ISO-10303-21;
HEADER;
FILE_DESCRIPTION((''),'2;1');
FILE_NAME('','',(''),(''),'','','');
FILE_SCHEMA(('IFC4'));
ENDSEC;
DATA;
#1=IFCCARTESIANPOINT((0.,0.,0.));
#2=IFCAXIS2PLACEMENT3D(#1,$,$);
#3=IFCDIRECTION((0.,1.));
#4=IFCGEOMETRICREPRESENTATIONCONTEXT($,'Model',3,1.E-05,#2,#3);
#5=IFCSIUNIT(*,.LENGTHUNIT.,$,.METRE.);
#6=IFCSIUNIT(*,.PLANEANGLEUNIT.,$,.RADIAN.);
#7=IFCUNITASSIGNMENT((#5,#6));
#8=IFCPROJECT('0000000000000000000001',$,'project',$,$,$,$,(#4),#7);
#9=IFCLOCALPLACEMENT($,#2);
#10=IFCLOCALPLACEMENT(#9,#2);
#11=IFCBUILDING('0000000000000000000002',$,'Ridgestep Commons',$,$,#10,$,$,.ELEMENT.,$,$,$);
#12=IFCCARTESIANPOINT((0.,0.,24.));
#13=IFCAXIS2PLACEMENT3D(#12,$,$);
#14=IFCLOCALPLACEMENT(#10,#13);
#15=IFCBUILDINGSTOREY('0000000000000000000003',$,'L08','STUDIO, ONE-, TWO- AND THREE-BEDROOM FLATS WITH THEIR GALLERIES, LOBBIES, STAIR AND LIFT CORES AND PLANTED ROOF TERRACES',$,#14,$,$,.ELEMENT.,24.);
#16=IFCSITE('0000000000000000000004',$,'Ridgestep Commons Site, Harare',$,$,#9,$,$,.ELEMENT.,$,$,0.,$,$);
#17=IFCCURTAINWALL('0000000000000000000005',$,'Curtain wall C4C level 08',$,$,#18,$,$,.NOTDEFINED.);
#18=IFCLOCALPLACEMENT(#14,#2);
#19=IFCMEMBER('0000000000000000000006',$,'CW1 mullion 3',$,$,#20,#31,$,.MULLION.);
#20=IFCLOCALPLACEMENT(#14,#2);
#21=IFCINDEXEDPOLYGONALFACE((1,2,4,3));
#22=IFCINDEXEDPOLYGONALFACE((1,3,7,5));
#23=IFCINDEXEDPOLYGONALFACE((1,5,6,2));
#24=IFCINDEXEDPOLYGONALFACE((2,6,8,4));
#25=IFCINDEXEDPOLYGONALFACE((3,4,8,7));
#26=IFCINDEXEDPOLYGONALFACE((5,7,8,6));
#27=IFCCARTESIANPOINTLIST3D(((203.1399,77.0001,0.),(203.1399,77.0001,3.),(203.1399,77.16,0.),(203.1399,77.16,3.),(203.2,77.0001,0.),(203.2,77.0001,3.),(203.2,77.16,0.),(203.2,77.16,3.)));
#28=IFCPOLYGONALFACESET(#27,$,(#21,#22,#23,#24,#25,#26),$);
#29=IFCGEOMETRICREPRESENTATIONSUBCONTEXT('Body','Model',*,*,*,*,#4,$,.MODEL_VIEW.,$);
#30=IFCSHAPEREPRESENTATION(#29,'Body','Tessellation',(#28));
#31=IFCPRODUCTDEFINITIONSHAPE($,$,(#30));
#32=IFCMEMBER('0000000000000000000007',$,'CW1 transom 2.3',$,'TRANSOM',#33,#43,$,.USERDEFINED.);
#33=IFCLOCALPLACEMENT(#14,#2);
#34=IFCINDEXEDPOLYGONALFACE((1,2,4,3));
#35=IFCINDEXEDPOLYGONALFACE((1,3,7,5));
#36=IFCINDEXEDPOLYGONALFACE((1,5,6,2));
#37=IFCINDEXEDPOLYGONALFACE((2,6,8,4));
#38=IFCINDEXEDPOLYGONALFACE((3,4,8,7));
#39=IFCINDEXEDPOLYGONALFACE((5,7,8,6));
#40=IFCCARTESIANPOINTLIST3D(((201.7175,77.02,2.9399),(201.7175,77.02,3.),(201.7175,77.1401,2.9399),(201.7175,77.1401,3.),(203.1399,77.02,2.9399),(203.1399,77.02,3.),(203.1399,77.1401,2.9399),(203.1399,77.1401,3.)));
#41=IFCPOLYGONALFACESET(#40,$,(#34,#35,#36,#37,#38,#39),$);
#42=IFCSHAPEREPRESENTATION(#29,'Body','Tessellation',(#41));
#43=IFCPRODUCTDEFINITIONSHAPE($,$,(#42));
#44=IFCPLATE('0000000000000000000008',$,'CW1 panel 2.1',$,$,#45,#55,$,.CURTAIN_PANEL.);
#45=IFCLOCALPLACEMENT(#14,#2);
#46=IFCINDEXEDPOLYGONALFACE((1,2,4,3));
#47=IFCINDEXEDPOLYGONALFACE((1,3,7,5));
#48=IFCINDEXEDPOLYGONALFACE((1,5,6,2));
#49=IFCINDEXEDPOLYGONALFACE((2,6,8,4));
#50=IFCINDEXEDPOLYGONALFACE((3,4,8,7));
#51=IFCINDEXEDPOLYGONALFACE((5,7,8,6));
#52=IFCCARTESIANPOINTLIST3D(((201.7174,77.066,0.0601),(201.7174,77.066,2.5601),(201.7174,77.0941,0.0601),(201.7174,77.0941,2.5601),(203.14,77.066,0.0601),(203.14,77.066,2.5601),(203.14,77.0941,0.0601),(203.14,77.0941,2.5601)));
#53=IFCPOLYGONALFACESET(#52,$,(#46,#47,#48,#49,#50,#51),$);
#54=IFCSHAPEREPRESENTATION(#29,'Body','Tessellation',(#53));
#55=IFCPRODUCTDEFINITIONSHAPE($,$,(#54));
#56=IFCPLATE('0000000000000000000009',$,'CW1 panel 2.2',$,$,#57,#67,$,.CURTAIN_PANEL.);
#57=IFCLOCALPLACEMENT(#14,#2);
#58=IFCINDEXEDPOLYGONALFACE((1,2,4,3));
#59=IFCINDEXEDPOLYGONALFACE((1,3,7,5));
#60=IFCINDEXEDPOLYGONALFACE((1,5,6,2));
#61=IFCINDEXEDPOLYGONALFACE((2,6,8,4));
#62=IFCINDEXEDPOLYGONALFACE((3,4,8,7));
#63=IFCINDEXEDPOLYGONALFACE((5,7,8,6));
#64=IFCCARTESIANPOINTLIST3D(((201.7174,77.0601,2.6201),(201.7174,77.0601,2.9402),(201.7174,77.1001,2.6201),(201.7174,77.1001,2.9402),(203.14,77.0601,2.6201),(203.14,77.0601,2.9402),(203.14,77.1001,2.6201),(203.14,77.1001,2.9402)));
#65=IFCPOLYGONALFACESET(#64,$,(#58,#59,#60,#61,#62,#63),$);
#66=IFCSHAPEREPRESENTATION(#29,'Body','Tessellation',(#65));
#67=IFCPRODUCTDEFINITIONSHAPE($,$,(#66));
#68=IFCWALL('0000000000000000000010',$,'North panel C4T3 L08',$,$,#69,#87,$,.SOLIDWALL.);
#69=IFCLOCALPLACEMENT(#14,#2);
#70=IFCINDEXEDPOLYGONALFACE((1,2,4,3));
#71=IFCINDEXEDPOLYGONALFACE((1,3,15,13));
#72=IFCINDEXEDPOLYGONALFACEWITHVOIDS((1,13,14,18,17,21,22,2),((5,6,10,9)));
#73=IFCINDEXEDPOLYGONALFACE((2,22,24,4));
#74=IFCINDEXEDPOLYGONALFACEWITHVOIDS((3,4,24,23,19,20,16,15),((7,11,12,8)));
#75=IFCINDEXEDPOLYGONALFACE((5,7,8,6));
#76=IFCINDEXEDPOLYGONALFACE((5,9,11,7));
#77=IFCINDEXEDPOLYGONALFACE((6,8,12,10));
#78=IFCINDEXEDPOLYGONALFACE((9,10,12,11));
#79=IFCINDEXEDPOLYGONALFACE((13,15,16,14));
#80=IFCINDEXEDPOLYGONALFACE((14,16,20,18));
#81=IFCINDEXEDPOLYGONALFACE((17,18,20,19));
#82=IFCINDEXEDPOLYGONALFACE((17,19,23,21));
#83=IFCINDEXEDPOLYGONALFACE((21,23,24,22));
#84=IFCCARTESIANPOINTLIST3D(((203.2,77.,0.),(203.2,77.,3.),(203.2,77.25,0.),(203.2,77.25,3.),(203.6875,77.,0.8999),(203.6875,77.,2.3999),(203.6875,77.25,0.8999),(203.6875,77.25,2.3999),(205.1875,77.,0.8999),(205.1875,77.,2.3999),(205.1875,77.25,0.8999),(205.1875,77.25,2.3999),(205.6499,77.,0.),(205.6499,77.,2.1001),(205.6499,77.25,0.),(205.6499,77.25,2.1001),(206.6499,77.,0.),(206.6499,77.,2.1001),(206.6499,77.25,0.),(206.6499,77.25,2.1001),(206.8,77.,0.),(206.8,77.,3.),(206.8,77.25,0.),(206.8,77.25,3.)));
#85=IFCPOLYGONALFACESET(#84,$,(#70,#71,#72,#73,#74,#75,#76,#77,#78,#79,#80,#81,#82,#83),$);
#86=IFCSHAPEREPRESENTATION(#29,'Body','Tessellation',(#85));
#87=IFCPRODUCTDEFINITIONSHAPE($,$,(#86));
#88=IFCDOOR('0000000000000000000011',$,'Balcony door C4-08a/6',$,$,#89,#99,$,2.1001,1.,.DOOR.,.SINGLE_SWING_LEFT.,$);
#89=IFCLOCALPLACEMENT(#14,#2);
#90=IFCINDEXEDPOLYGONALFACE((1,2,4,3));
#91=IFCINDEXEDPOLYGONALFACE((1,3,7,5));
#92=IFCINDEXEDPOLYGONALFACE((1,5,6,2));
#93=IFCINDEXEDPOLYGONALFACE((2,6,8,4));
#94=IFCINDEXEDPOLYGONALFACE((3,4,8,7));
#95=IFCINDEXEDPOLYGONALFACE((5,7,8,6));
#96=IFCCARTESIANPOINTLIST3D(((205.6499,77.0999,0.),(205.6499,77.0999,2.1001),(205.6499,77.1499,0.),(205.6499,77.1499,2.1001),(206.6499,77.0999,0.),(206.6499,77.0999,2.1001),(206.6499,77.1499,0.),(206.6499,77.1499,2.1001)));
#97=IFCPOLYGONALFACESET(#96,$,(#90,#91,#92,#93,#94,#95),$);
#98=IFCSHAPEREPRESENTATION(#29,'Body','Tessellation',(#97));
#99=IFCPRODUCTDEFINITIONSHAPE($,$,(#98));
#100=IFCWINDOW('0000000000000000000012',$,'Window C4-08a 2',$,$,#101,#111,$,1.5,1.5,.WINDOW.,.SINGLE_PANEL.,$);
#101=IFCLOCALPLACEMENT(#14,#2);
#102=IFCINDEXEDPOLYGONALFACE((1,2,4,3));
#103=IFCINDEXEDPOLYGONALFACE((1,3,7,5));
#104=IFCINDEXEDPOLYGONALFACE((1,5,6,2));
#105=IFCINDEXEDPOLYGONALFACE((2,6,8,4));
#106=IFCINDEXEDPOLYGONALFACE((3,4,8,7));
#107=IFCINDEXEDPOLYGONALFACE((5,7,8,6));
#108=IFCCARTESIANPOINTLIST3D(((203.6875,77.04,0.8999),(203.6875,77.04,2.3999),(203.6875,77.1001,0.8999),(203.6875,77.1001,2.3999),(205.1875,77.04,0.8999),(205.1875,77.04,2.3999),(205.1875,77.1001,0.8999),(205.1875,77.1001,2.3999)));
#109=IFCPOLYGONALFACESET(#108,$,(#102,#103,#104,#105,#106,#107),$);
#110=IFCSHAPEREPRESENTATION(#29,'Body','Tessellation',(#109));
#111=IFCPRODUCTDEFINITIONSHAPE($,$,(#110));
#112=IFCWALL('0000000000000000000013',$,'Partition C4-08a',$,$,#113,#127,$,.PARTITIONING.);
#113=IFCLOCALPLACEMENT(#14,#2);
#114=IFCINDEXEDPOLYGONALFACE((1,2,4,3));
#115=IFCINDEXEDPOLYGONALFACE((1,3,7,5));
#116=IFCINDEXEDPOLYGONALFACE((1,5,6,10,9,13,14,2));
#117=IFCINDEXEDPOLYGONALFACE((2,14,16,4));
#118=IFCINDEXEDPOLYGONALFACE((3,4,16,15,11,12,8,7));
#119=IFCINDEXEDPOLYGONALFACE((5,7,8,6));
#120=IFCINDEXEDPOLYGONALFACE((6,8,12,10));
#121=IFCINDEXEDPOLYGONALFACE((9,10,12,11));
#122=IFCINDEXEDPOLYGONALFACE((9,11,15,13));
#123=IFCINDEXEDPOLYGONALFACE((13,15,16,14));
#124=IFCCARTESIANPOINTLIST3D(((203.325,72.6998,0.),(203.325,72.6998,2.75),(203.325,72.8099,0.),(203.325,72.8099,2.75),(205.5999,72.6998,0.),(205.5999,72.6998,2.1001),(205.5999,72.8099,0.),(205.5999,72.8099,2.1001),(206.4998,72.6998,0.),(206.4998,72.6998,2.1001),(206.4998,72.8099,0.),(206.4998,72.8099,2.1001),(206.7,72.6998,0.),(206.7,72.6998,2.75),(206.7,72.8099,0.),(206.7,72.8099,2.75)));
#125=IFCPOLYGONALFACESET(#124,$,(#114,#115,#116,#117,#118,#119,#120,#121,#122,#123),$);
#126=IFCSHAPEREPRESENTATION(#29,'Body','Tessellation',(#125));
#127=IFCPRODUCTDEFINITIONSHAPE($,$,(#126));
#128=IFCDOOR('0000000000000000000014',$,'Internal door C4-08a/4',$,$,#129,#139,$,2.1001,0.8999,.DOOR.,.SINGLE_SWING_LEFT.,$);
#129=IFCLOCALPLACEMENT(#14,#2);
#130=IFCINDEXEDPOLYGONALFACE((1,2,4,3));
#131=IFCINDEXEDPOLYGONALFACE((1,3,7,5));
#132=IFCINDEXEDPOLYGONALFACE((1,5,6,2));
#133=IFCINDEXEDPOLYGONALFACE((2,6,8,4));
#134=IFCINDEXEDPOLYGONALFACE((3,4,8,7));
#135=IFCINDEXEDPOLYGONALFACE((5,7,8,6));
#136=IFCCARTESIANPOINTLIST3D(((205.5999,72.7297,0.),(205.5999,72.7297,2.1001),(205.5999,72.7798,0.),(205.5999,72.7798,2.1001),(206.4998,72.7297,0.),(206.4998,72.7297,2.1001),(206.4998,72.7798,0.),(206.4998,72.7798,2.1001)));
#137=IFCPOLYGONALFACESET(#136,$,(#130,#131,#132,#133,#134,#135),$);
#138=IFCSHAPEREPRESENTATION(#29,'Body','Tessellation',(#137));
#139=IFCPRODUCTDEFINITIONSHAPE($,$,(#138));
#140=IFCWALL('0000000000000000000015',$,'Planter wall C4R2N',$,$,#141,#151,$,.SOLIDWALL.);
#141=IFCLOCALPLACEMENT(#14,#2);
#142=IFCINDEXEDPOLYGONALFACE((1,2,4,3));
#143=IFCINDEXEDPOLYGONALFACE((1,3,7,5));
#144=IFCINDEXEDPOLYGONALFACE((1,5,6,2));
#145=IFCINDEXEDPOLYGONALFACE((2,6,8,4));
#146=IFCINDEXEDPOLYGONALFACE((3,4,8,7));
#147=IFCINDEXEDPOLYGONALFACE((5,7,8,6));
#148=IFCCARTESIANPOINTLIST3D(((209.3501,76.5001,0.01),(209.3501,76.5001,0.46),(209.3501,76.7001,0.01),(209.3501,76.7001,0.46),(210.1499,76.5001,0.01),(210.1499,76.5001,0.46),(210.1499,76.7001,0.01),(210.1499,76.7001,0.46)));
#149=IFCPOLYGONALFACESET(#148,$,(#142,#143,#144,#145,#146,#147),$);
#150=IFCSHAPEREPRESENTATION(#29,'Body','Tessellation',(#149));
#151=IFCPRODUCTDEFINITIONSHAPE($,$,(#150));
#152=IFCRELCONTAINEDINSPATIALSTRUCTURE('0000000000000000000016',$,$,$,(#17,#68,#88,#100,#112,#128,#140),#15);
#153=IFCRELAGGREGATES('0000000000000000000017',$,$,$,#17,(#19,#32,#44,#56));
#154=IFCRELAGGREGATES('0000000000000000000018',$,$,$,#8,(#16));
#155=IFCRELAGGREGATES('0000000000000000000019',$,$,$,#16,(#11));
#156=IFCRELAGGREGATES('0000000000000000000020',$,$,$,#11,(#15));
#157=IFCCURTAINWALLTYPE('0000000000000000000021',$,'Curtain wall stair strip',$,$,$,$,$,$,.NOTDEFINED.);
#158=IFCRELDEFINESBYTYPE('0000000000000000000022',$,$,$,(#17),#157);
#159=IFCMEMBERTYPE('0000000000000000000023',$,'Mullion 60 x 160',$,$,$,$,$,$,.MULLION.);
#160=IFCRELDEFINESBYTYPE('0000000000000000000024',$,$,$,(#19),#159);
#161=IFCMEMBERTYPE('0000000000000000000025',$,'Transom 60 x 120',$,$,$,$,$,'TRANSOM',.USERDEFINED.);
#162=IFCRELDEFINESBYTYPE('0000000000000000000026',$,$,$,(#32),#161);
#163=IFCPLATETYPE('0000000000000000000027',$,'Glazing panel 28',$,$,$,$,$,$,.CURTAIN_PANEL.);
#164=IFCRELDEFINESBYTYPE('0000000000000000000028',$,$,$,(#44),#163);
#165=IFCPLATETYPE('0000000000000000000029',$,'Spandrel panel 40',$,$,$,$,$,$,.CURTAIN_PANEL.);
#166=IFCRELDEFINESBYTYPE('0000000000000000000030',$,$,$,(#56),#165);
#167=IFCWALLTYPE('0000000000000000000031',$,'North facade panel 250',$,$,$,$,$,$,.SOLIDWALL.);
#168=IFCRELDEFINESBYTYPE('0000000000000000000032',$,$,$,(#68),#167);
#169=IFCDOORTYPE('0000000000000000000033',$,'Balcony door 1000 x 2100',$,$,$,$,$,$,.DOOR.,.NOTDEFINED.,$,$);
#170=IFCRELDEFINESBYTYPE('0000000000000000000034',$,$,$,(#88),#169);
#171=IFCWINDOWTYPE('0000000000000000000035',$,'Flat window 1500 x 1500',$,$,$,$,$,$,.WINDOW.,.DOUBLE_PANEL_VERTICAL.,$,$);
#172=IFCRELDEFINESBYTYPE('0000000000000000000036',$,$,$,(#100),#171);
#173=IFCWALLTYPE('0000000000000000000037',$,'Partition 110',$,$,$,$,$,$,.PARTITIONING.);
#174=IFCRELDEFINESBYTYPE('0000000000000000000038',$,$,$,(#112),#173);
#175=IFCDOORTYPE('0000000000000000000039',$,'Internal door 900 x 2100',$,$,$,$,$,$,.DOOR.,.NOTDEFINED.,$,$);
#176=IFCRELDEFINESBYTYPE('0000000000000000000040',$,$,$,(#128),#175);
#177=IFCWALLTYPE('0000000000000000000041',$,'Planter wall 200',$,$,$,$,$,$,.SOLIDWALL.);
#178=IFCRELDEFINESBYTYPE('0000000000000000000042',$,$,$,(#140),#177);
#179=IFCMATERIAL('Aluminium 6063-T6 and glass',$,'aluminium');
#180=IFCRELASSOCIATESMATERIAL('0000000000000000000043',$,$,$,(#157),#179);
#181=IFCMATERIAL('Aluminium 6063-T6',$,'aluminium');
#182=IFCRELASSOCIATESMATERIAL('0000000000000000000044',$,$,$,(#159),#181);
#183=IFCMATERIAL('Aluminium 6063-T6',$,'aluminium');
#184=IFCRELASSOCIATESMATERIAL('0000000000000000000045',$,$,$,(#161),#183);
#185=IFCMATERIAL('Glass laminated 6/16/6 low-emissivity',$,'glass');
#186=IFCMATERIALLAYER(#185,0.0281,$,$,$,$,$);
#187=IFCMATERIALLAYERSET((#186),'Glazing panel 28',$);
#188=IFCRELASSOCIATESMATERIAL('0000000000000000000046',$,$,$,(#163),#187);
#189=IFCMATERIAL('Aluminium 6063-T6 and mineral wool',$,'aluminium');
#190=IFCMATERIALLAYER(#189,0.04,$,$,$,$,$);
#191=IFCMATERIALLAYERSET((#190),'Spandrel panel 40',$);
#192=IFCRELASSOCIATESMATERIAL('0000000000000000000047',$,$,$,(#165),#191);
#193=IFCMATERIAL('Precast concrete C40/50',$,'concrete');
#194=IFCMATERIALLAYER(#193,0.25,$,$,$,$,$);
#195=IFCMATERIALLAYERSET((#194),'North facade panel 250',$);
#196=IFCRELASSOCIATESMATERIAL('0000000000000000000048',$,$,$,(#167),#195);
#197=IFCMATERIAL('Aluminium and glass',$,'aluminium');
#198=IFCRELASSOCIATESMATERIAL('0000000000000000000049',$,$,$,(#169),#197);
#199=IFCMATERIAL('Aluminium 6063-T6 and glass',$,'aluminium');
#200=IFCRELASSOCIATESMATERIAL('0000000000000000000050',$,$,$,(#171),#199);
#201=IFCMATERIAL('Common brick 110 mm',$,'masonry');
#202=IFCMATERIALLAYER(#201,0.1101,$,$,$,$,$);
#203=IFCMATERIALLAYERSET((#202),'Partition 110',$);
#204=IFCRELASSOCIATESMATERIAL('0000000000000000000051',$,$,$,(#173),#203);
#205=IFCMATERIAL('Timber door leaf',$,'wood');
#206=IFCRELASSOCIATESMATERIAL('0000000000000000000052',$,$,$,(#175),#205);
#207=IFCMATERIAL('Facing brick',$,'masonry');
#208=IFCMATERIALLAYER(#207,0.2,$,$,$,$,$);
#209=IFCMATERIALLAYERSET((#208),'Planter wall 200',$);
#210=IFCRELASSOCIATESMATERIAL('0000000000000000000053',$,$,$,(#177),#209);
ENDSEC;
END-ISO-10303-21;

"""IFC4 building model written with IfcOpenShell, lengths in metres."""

from ifc_helpers import new_model, si_unit, direction, frame, frame_2d, origin, origin_2d, place, context, subcontext, project, spatial, rectangle, extrude, material, layer, layer_set, material_profile, profile_set, type_object, element, fill, aggregate, save


model = new_model("IFC4")

# Units and contexts
model_context = context("Model", 3, precision=1e-05, world=origin(), true_north=direction((0.0, 1.0)))
body_context = subcontext(model_context, "Body", "Model", "MODEL_VIEW")
ifc_project = project(units=[si_unit("LENGTHUNIT", "METRE"), si_unit("PLANEANGLEUNIT", "RADIAN")], contexts=[model_context])

# Site, building, storey
site_placement = place(None, origin())
site = spatial("IfcSite", under=ifc_project, at=site_placement, Name="Ridgestep Commons Site, Harare", CompositionType="ELEMENT", RefElevation=0.0)
building_placement = place(site_placement, origin())
building = spatial("IfcBuilding", under=site, at=building_placement, Name="Ridgestep Commons", CompositionType="ELEMENT")
storey_placement = place(building_placement, frame((0.0, 0.0, 24.0)))
storey = spatial("IfcBuildingStorey", under=building, at=storey_placement, Name="L08", Description="STUDIO, ONE-, TWO- AND THREE-BEDROOM FLATS WITH THEIR GALLERIES, LOBBIES, STAIR AND LIFT CORES AND PLANTED ROOF TERRACES", CompositionType="ELEMENT", Elevation=24.0)

# Curtain wall, members, plates
ifc_material_1 = material(Name="Aluminium 6063-T6 and glass", Category="aluminium")
curtain_wall_type = type_object("IfcCurtainWallType", Name="Curtain wall stair strip", PredefinedType="NOTDEFINED", material=ifc_material_1)
curtain_wall_placement = place(storey_placement, origin())
curtain_wall = element("IfcCurtainWall", 1, at=curtain_wall_placement, inside=storey, type_object=curtain_wall_type, Name="Curtain wall C4C level 08", PredefinedType="NOTDEFINED")
ifc_material_2 = material(Name="Aluminium 6063-T6", Category="aluminium")
ifc_material_profile_1 = material_profile(ifc_material_2, rectangle(XDim=0.1599, YDim=0.0601, at=origin_2d()), Name="Mullion 60 x 160")
ifc_profile_set_1 = profile_set([ifc_material_profile_1], Name="Aluminium 6063-T6")
member_type_1 = type_object("IfcMemberType", Name="Mullion 60 x 160", PredefinedType="MULLION", material=ifc_profile_set_1)
member_1_placement = place(storey_placement, frame((203.1699, 77.0801, 0.0), z_axis=(0.0, 0.0, 1.0), x_axis=(0.0, 1.0, 0.0)))
member_1 = element("IfcMember", 2, at=member_1_placement, type_object=member_type_1, Name="CW1 mullion 3", PredefinedType="MULLION", context=body_context, shape_type="SweptSolid", body=[
    extrude(rectangle(XDim=0.1599, YDim=0.0601, at=origin_2d()), origin(), (0.0, 0.0, 1.0), 3.0),
])
ifc_material_3 = material(Name="Aluminium 6063-T6", Category="aluminium")
ifc_material_profile_2 = material_profile(ifc_material_3, rectangle(XDim=0.1201, YDim=0.0601, at=origin_2d()), Name="Transom 60 x 120")
ifc_profile_set_2 = profile_set([ifc_material_profile_2], Name="Aluminium 6063-T6")
member_type_2 = type_object("IfcMemberType", Name="Transom 60 x 120", ElementType="TRANSOM", PredefinedType="USERDEFINED", material=ifc_profile_set_2)
member_2_placement = place(storey_placement, frame((201.7175, 77.0801, 2.97), z_axis=(1.0, 0.0, 0.0), x_axis=(0.0, 1.0, 0.0)))
member_2 = element("IfcMember", 3, at=member_2_placement, type_object=member_type_2, Name="CW1 transom 2.3", ObjectType="TRANSOM", PredefinedType="USERDEFINED", context=body_context, shape_type="SweptSolid", body=[
    extrude(rectangle(XDim=0.1201, YDim=0.0601, at=origin_2d()), origin(), (0.0, 0.0, 1.0), 1.4224),
])
ifc_material_4 = material(Name="Glass laminated 6/16/6 low-emissivity", Category="glass")
ifc_layer_1 = layer(ifc_material_4, 0.0281)
ifc_layer_set_1 = layer_set([ifc_layer_1], Name="Glazing panel 28")
plate_type_1 = type_object("IfcPlateType", Name="Glazing panel 28", PredefinedType="CURTAIN_PANEL", material=ifc_layer_set_1)
plate_1_placement = place(storey_placement, frame((202.4287, 77.0801, 0.0601), z_axis=(0.0, 0.0, 1.0), x_axis=(1.0, 0.0, 0.0)))
plate_1 = element("IfcPlate", 4, at=plate_1_placement, type_object=plate_type_1, Name="CW1 panel 2.1", PredefinedType="CURTAIN_PANEL", context=body_context, shape_type="SweptSolid", body=[
    extrude(rectangle(XDim=1.4226, YDim=0.0281, at=origin_2d()), origin(), (0.0, 0.0, 1.0), 2.5),
])
ifc_material_5 = material(Name="Aluminium 6063-T6 and mineral wool", Category="aluminium")
ifc_layer_2 = layer(ifc_material_5, 0.04)
ifc_layer_set_2 = layer_set([ifc_layer_2], Name="Spandrel panel 40")
plate_type_2 = type_object("IfcPlateType", Name="Spandrel panel 40", PredefinedType="CURTAIN_PANEL", material=ifc_layer_set_2)
plate_2_placement = place(storey_placement, frame((202.4287, 77.0801, 2.6201), z_axis=(0.0, 0.0, 1.0), x_axis=(1.0, 0.0, 0.0)))
plate_2 = element("IfcPlate", 5, at=plate_2_placement, type_object=plate_type_2, Name="CW1 panel 2.2", PredefinedType="CURTAIN_PANEL", context=body_context, shape_type="SweptSolid", body=[
    extrude(rectangle(XDim=1.4226, YDim=0.04, at=origin_2d()), origin(), (0.0, 0.0, 1.0), 0.3201),
])
aggregate(curtain_wall, [member_1, member_2, plate_1, plate_2])

# Wall, openings, door, window
ifc_material_6 = material(Name="Precast concrete C40/50", Category="concrete")
ifc_layer_3 = layer(ifc_material_6, 0.25)
ifc_layer_set_3 = layer_set([ifc_layer_3], Name="North facade panel 250")
wall_type_1 = type_object("IfcWallType", Name="North facade panel 250", PredefinedType="SOLIDWALL", material=ifc_layer_set_3)
wall_1_placement = place(storey_placement, frame((203.2, 77.125, 0.0), z_axis=(0.0, 0.0, 1.0), x_axis=(1.0, 0.0, 0.0)))
wall_1 = element("IfcWall", 6, at=wall_1_placement, inside=storey, type_object=wall_type_1, Name="North panel C4T3 L08", PredefinedType="SOLIDWALL", context=body_context, shape_type="SweptSolid", body=[
    extrude(rectangle(XDim=3.6001, YDim=0.25, at=frame_2d((1.8, 0.0))), origin(), (0.0, 0.0, 1.0), 3.0),
])
opening_1_placement = place(wall_1_placement, frame((0.4875, 0.0, 0.8999)))
opening_1 = element("IfcOpeningElement", 7, at=opening_1_placement, cuts=wall_1, PredefinedType="OPENING", context=body_context, shape_type="SweptSolid", body=[
    extrude(rectangle(XDim=1.5, YDim=1.5, at=frame_2d((0.75, 0.75))), frame((0.0, 0.135, 0.0), z_axis=(0.0, -1.0, 0.0), x_axis=(1.0, 0.0, 0.0)), (0.0, 0.0, 1.0), 0.27),
])
opening_2_placement = place(wall_1_placement, frame((2.45, 0.0, 0.0)))
opening_2 = element("IfcOpeningElement", 8, at=opening_2_placement, cuts=wall_1, PredefinedType="OPENING", context=body_context, shape_type="SweptSolid", body=[
    extrude(rectangle(XDim=1.0, YDim=2.1001, at=frame_2d((0.5, 1.05))), frame((0.0, 0.135, 0.0), z_axis=(0.0, -1.0, 0.0), x_axis=(1.0, 0.0, 0.0)), (0.0, 0.0, 1.0), 0.27),
])
ifc_material_7 = material(Name="Aluminium and glass", Category="aluminium")
door_type_1 = type_object("IfcDoorType", Name="Balcony door 1000 x 2100", OperationType="NOTDEFINED", PredefinedType="DOOR", material=ifc_material_7)
door_1_placement = place(opening_2_placement, origin())
door_1 = element("IfcDoor", 9, at=door_1_placement, inside=storey, type_object=door_type_1, Name="Balcony door C4-08a/6", OperationType="SINGLE_SWING_LEFT", OverallHeight=2.1001, OverallWidth=1.0, PredefinedType="DOOR", context=body_context, shape_type="SweptSolid", body=[
    extrude(rectangle(XDim=1.0, YDim=2.1001, at=frame_2d((0.5, 1.05))), frame((0.0, 0.0249, 0.0), z_axis=(0.0, -1.0, 0.0), x_axis=(1.0, 0.0, 0.0)), (0.0, 0.0, 1.0), 0.05),
])
fill(opening_2, door_1)
ifc_material_8 = material(Name="Aluminium 6063-T6 and glass", Category="aluminium")
window_type = type_object("IfcWindowType", Name="Flat window 1500 x 1500", PartitioningType="DOUBLE_PANEL_VERTICAL", PredefinedType="WINDOW", material=ifc_material_8)
window_placement = place(opening_1_placement, origin())
window = element("IfcWindow", 10, at=window_placement, inside=storey, type_object=window_type, Name="Window C4-08a 2", OverallHeight=1.5, OverallWidth=1.5, PartitioningType="SINGLE_PANEL", PredefinedType="WINDOW", context=body_context, shape_type="SweptSolid", body=[
    extrude(rectangle(XDim=1.5, YDim=1.5, at=frame_2d((0.75, 0.75))), frame((0.0, -0.0249, 0.0), z_axis=(0.0, -1.0, 0.0), x_axis=(1.0, 0.0, 0.0)), (0.0, 0.0, 1.0), 0.0601),
])
fill(opening_1, window)

# Wall, opening, door
ifc_material_9 = material(Name="Common brick 110 mm", Category="masonry")
ifc_layer_4 = layer(ifc_material_9, 0.1101)
ifc_layer_set_4 = layer_set([ifc_layer_4], Name="Partition 110")
wall_type_2 = type_object("IfcWallType", Name="Partition 110", PredefinedType="PARTITIONING", material=ifc_layer_set_4)
wall_2_placement = place(storey_placement, frame((203.325, 72.7549, 0.0), z_axis=(0.0, 0.0, 1.0), x_axis=(1.0, 0.0, 0.0)))
wall_2 = element("IfcWall", 11, at=wall_2_placement, inside=storey, type_object=wall_type_2, Name="Partition C4-08a", PredefinedType="PARTITIONING", context=body_context, shape_type="SweptSolid", body=[
    extrude(rectangle(XDim=3.375, YDim=0.1101, at=frame_2d((1.6875, 0.0))), origin(), (0.0, 0.0, 1.0), 2.75),
])
opening_3_placement = place(wall_2_placement, frame((2.2749, 0.0, 0.0)))
opening_3 = element("IfcOpeningElement", 12, at=opening_3_placement, cuts=wall_2, PredefinedType="OPENING", context=body_context, shape_type="SweptSolid", body=[
    extrude(rectangle(XDim=0.8999, YDim=2.1001, at=frame_2d((0.45, 1.05))), frame((0.0, 0.0649, 0.0), z_axis=(0.0, -1.0, 0.0), x_axis=(1.0, 0.0, 0.0)), (0.0, 0.0, 1.0), 0.1301),
])
ifc_material_10 = material(Name="Timber door leaf", Category="wood")
door_type_2 = type_object("IfcDoorType", Name="Internal door 900 x 2100", OperationType="NOTDEFINED", PredefinedType="DOOR", material=ifc_material_10)
door_2_placement = place(opening_3_placement, origin())
door_2 = element("IfcDoor", 13, at=door_2_placement, inside=storey, type_object=door_type_2, Name="Internal door C4-08a/4", OperationType="SINGLE_SWING_LEFT", OverallHeight=2.1001, OverallWidth=0.8999, PredefinedType="DOOR", context=body_context, shape_type="SweptSolid", body=[
    extrude(rectangle(XDim=0.8999, YDim=2.1001, at=frame_2d((0.45, 1.05))), frame((0.0, 0.0249, 0.0), z_axis=(0.0, -1.0, 0.0), x_axis=(1.0, 0.0, 0.0)), (0.0, 0.0, 1.0), 0.05),
])
fill(opening_3, door_2)

# Wall
ifc_material_11 = material(Name="Facing brick", Category="masonry")
ifc_layer_5 = layer(ifc_material_11, 0.2)
ifc_layer_set_5 = layer_set([ifc_layer_5], Name="Planter wall 200")
wall_type_3 = type_object("IfcWallType", Name="Planter wall 200", PredefinedType="SOLIDWALL", material=ifc_layer_set_5)
wall_3_placement = place(storey_placement, frame((209.3501, 76.6001, 0.01), z_axis=(0.0, 0.0, 1.0), x_axis=(1.0, 0.0, 0.0)))
element("IfcWall", 14, at=wall_3_placement, inside=storey, type_object=wall_type_3, Name="Planter wall C4R2N", PredefinedType="SOLIDWALL", context=body_context, shape_type="SweptSolid", body=[
    extrude(rectangle(XDim=0.7998, YDim=0.2, at=frame_2d((0.3999, 0.0))), origin(), (0.0, 0.0, 1.0), 0.45),
])

save(model, "model.ifc")
